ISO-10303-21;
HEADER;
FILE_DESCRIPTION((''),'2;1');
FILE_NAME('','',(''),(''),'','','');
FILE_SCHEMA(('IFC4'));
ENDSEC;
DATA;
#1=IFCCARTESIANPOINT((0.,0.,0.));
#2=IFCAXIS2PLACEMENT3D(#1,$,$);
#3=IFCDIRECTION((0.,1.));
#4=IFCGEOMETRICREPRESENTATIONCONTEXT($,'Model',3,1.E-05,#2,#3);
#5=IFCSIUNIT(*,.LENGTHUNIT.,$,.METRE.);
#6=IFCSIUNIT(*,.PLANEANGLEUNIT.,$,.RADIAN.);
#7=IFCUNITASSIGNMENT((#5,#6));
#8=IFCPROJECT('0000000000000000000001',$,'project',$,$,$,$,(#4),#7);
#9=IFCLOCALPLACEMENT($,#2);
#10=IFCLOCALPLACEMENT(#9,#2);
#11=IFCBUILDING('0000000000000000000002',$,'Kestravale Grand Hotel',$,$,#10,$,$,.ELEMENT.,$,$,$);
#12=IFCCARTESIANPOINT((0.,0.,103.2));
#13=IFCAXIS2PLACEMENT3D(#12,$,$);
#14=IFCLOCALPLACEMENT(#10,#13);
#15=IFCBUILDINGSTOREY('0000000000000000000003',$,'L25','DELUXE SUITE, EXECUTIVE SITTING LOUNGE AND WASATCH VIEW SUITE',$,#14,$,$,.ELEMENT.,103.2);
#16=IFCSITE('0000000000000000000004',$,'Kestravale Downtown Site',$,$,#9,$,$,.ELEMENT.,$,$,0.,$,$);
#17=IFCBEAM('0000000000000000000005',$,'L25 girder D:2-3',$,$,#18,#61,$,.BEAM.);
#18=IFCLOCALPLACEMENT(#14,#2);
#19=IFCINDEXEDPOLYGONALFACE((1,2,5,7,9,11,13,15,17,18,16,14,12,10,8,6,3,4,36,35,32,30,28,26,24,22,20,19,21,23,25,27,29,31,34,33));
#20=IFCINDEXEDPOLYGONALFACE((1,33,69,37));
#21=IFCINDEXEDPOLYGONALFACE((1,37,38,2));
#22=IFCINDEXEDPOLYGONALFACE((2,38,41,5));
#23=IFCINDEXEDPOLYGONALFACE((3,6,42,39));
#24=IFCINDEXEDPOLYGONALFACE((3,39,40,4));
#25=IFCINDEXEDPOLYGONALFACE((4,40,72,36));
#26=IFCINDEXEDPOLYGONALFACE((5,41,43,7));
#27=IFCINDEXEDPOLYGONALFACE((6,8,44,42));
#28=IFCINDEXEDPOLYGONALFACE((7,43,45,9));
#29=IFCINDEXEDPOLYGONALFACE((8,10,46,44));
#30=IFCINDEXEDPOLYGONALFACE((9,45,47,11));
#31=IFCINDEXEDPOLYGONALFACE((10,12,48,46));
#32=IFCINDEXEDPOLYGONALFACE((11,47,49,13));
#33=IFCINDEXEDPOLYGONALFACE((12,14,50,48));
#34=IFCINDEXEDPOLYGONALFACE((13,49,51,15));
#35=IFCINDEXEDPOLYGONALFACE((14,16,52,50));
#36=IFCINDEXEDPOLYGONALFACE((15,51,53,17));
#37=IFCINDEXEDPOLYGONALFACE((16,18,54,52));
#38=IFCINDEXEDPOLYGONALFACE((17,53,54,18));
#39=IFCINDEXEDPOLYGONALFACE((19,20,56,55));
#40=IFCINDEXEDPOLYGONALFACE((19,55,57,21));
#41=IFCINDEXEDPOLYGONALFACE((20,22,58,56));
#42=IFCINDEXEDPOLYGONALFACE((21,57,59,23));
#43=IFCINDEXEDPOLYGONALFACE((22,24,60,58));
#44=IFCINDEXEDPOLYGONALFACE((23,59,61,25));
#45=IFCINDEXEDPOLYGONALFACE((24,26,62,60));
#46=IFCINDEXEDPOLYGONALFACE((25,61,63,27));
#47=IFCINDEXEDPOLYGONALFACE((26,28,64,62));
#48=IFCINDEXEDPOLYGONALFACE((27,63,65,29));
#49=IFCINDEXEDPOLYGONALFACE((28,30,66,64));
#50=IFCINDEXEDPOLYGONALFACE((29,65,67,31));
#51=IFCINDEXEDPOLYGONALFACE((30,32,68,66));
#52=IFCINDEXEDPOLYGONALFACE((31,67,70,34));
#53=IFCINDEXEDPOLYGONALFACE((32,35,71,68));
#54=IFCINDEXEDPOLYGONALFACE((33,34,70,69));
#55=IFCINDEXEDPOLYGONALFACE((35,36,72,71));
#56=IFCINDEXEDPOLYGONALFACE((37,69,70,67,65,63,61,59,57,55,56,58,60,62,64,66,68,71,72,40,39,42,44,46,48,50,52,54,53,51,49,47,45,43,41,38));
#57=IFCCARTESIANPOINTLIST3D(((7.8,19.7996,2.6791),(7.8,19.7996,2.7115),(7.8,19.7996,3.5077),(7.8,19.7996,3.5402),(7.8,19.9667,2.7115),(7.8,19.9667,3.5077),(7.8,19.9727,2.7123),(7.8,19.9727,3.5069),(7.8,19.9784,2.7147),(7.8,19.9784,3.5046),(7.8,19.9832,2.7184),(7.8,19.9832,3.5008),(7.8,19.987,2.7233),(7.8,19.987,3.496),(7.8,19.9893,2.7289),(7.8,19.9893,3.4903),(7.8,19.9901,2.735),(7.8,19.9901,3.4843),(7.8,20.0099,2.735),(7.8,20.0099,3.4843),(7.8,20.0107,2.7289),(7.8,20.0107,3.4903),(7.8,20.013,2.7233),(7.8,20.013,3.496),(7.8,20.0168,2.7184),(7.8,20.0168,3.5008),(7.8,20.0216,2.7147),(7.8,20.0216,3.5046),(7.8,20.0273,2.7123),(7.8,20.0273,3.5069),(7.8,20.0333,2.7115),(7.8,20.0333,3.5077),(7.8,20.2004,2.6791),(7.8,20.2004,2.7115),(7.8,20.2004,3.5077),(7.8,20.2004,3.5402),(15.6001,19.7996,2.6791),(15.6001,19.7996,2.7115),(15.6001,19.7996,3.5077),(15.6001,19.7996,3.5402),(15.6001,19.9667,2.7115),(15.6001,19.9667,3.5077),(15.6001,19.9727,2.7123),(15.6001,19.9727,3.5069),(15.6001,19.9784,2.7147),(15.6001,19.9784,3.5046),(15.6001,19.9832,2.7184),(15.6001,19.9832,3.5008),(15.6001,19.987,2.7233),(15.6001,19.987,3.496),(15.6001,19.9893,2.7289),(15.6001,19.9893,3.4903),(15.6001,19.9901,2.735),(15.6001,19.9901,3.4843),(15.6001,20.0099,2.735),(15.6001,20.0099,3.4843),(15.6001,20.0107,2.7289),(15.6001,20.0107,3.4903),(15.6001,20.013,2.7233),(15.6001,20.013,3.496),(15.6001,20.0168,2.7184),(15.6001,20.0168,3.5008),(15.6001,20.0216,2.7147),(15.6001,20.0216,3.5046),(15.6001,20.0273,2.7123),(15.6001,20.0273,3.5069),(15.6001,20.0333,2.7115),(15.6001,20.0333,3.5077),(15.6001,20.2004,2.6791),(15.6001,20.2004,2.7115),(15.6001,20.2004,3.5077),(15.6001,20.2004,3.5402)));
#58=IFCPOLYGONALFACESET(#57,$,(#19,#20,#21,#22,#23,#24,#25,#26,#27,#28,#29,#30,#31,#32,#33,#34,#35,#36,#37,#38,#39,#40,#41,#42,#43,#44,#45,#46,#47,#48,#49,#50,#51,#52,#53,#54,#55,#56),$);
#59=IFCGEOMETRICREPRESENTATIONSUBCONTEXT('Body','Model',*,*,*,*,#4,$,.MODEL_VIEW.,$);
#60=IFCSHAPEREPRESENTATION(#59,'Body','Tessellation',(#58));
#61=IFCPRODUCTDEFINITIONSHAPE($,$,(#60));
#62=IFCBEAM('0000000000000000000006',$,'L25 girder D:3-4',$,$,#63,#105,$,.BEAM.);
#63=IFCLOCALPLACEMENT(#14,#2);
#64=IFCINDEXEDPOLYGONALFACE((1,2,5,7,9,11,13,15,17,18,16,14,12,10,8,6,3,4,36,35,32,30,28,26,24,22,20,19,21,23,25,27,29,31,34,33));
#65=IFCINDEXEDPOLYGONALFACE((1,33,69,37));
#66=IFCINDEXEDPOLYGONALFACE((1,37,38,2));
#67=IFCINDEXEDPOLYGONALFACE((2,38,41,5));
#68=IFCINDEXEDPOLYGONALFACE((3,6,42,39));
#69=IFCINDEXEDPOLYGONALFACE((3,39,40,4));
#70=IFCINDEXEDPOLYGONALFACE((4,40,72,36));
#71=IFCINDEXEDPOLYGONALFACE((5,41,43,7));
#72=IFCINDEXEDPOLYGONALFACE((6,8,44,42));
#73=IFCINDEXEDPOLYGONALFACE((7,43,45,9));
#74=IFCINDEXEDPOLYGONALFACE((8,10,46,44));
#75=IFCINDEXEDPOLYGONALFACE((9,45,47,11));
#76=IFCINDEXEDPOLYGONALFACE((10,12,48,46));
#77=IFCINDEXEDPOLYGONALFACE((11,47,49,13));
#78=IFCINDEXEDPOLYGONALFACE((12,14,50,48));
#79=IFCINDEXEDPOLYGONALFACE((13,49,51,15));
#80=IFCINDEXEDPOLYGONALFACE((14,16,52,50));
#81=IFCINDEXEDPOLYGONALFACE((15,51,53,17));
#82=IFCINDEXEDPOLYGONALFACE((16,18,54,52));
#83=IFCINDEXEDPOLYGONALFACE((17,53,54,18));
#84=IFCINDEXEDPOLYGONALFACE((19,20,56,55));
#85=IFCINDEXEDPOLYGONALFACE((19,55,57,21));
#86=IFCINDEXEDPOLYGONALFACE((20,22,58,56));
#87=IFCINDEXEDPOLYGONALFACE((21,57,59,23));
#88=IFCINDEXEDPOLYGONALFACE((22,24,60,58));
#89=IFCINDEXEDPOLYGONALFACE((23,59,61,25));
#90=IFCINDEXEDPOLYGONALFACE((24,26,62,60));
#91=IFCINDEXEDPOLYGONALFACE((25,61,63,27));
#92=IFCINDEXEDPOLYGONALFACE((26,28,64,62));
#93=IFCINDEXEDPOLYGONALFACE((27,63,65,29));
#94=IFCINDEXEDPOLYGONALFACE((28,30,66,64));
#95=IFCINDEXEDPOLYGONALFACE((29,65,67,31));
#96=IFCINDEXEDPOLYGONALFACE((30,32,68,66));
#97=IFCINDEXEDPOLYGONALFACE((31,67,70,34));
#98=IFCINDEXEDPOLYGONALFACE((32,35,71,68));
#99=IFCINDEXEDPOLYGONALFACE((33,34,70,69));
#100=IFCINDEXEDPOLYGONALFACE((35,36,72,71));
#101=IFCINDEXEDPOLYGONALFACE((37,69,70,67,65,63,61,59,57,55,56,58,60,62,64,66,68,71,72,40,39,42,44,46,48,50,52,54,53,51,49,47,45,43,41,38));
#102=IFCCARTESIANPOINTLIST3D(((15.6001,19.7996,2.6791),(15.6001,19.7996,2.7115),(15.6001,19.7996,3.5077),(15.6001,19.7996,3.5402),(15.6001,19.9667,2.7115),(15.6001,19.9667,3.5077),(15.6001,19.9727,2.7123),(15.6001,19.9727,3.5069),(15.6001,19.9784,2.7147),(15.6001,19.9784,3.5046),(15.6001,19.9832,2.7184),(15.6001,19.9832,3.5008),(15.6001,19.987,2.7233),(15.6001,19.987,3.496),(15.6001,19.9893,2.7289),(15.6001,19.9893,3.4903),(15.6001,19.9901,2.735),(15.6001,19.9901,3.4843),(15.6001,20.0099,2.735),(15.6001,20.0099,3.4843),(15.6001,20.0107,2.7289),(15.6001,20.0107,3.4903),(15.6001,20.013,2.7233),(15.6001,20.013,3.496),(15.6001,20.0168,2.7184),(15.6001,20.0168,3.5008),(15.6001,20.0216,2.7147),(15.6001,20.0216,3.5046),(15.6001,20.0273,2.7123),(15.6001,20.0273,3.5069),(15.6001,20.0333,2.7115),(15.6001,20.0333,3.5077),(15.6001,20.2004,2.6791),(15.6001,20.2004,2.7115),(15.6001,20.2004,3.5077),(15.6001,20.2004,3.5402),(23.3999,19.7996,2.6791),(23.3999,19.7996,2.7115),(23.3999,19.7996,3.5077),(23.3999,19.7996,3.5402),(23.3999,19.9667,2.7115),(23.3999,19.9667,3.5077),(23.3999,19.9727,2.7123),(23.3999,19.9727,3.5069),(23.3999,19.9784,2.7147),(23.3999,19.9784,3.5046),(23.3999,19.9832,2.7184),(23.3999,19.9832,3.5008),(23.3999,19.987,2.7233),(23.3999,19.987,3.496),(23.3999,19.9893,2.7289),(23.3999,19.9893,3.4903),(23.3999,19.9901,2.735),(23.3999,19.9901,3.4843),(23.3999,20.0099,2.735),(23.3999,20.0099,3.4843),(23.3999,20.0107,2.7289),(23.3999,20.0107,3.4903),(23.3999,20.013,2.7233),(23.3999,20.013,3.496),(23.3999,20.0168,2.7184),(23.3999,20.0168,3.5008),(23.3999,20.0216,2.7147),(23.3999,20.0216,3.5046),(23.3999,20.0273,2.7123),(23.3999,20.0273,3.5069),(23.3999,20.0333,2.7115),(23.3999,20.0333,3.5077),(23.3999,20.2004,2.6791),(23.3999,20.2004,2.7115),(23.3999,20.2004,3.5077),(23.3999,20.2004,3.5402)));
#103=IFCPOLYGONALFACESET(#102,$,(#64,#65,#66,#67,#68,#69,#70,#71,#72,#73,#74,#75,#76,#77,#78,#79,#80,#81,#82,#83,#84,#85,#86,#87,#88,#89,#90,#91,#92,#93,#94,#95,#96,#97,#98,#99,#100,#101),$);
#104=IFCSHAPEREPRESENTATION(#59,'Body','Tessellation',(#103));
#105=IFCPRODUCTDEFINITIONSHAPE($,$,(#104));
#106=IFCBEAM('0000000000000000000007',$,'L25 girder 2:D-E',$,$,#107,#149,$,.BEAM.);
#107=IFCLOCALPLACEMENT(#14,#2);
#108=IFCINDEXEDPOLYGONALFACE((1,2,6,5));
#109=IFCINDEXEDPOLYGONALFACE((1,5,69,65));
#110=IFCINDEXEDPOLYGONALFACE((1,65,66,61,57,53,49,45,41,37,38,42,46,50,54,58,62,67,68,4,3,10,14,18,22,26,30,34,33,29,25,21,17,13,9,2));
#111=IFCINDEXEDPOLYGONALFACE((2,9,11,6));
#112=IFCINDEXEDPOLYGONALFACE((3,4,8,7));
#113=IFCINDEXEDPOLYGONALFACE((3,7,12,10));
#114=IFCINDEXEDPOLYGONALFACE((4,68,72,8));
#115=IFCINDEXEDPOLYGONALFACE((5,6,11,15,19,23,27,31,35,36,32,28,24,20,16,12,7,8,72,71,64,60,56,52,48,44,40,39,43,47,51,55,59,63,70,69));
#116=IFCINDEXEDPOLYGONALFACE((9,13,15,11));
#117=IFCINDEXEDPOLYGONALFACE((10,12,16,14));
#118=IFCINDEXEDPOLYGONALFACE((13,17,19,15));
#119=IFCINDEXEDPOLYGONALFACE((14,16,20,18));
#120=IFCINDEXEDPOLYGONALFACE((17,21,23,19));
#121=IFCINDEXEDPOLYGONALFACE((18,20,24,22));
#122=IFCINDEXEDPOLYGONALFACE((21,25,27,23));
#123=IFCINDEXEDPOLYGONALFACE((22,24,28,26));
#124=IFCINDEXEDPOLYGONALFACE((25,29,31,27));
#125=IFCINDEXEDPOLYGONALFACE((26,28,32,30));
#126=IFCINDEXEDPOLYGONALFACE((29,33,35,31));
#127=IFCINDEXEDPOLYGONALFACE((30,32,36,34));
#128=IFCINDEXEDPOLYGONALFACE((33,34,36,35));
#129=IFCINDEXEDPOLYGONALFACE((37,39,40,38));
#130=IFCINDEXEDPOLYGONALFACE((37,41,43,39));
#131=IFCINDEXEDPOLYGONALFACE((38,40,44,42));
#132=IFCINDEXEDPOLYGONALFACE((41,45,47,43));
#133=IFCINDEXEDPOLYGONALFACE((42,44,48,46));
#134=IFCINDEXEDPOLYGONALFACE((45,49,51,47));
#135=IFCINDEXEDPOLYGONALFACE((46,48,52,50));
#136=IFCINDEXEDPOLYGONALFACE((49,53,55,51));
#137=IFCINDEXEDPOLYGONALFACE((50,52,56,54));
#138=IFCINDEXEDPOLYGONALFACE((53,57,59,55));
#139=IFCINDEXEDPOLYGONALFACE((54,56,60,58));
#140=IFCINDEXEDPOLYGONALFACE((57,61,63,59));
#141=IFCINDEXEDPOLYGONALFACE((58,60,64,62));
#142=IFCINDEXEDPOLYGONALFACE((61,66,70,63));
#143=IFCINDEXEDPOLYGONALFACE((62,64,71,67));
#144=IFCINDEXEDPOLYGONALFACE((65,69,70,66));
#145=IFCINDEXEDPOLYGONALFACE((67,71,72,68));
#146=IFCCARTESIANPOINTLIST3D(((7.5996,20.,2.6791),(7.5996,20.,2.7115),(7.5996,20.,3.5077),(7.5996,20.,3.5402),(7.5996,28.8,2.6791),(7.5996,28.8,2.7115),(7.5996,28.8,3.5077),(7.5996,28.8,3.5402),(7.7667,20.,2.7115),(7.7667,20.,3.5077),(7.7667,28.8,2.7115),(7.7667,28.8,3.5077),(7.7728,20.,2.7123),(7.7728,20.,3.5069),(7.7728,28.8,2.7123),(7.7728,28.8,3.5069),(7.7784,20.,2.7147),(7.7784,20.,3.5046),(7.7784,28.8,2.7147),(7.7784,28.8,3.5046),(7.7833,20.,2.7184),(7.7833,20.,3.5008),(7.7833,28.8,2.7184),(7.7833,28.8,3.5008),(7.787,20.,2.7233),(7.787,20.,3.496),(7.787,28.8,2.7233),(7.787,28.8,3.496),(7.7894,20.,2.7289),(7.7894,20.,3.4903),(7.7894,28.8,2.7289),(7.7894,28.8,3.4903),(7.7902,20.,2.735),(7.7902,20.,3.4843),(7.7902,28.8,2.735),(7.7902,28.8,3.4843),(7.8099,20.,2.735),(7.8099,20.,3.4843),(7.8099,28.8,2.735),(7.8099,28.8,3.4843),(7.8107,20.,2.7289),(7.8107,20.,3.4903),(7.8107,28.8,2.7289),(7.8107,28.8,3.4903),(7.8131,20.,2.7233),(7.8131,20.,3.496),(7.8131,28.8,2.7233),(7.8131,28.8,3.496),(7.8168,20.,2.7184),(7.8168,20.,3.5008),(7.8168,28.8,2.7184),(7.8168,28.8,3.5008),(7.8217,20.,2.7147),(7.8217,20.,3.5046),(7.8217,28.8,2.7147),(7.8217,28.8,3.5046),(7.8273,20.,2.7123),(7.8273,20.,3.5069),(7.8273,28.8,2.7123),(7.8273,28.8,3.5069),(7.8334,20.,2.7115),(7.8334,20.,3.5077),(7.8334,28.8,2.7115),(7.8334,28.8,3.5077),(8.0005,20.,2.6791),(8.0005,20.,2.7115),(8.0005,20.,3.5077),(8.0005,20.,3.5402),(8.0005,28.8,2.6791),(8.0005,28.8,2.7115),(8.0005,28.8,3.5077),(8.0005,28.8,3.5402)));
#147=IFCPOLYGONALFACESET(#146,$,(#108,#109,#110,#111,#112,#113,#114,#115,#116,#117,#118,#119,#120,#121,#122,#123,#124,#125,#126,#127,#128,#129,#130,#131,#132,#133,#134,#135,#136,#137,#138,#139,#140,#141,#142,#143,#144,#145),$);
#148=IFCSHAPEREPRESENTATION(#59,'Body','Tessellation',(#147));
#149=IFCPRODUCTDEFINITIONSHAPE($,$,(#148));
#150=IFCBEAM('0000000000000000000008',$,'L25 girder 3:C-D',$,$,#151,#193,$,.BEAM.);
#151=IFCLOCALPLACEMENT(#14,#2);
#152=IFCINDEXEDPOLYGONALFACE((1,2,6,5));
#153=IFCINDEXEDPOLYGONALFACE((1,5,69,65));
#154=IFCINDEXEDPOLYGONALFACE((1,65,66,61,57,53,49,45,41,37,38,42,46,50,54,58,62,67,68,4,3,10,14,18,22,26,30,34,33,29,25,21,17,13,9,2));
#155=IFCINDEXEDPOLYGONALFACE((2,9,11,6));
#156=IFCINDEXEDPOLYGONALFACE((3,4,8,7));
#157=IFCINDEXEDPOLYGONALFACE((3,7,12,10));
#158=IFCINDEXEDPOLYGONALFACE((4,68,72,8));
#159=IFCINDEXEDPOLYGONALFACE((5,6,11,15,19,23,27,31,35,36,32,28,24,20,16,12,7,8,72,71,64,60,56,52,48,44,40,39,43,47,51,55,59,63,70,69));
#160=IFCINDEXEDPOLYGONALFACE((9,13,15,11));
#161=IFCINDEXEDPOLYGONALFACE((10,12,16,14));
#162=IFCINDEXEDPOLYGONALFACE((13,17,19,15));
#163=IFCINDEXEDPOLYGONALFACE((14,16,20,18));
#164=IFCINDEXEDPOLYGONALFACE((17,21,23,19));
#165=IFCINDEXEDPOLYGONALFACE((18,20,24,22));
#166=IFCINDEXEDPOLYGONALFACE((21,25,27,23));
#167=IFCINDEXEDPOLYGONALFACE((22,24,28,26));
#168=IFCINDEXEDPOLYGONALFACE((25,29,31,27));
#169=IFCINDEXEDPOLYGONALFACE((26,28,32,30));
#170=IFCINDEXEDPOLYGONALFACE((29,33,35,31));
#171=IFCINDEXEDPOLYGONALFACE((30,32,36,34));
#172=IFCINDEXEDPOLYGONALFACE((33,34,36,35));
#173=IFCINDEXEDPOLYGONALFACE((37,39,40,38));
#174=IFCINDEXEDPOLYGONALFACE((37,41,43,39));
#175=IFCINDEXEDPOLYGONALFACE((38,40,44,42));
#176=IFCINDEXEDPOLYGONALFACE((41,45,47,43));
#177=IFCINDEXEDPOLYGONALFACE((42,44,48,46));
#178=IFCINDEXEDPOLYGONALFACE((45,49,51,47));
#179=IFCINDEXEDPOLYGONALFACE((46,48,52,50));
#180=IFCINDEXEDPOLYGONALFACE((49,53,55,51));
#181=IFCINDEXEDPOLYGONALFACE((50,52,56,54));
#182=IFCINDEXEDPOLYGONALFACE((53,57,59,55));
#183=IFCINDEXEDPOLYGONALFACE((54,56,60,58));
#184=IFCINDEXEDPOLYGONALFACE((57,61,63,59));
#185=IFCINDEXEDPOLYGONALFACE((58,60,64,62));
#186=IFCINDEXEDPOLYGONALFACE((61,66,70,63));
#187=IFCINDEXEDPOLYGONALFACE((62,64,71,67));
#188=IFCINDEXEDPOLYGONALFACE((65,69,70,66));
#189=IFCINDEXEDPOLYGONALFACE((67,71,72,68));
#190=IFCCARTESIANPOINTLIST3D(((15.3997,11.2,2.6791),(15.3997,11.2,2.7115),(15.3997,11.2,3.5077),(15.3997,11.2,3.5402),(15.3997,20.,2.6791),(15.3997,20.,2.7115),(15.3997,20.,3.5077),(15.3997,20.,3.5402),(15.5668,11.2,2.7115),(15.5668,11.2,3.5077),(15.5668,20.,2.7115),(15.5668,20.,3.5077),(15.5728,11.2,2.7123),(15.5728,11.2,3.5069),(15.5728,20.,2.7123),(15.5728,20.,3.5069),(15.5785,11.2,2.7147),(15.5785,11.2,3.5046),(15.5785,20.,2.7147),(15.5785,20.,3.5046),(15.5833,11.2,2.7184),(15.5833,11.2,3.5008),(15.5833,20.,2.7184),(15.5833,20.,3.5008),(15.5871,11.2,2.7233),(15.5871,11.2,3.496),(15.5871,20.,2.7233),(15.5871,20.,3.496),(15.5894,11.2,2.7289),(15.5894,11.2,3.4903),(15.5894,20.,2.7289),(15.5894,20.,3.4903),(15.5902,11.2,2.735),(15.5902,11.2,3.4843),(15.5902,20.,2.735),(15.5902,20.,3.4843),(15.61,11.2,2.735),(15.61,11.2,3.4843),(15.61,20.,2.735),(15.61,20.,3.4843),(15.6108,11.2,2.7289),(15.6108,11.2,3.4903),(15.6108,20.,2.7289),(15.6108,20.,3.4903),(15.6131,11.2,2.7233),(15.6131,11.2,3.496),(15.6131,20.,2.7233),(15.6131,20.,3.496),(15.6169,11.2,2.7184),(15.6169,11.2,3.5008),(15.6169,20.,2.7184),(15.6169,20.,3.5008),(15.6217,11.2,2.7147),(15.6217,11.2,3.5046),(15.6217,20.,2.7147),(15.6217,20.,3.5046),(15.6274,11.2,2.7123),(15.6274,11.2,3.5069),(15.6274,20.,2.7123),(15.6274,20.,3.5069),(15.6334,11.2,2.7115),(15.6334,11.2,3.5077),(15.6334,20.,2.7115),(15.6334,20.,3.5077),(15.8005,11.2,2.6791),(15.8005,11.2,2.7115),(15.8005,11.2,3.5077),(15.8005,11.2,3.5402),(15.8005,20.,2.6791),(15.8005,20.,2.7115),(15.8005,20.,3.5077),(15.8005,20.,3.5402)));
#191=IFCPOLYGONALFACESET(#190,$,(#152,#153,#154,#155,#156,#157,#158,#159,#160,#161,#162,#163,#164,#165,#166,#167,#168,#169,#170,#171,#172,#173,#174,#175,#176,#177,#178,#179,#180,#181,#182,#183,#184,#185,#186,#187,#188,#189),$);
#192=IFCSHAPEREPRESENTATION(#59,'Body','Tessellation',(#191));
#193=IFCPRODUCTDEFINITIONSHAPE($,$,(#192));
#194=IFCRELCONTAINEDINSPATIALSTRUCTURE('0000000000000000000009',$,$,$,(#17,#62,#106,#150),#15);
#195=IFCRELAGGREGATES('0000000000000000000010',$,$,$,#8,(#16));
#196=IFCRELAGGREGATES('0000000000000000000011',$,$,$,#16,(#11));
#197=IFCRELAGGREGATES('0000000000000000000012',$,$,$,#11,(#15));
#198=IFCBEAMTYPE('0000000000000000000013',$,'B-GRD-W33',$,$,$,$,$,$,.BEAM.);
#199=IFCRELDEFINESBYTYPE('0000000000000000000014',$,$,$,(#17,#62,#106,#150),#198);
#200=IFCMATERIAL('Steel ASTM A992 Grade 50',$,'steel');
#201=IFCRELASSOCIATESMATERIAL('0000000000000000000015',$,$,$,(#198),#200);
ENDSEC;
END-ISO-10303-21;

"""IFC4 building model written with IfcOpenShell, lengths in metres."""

from ifc_helpers import new_model, si_unit, direction, frame, origin, origin_2d, place, context, subcontext, project, spatial, i_section, extrude, material, material_profile, profile_set, type_object, element, save


model = new_model("IFC4")

# Units and contexts
model_context = context("Model", 3, precision=1e-05, world=origin(), true_north=direction((0.0, 1.0)))
body_context = subcontext(model_context, "Body", "Model", "MODEL_VIEW")
ifc_project = project(units=[si_unit("LENGTHUNIT", "METRE"), si_unit("PLANEANGLEUNIT", "RADIAN")], contexts=[model_context])

# Site, building, storey
site_placement = place(None, origin())
site = spatial("IfcSite", under=ifc_project, at=site_placement, Name="Kestravale Downtown Site", CompositionType="ELEMENT", RefElevation=0.0)
building_placement = place(site_placement, origin())
building = spatial("IfcBuilding", under=site, at=building_placement, Name="Kestravale Grand Hotel", CompositionType="ELEMENT")
storey_placement = place(building_placement, frame((0.0, 0.0, 103.2)))
storey = spatial("IfcBuildingStorey", under=building, at=storey_placement, Name="L25", Description="DELUXE SUITE, EXECUTIVE SITTING LOUNGE AND WASATCH VIEW SUITE", CompositionType="ELEMENT", Elevation=103.2)

# Beams
ifc_material_1 = material(Name="Steel ASTM A992 Grade 50", Category="steel")
ifc_material_profile_1 = material_profile(ifc_material_1, i_section(OverallWidth=0.4009, OverallDepth=0.8611, WebThickness=0.0198, FlangeThickness=0.0325, FilletRadius=0.0234, at=origin_2d()))
ifc_profile_set_1 = profile_set([ifc_material_profile_1], Name="Steel ASTM A992 Grade 50")
beam_type_1 = type_object("IfcBeamType", Name="B-GRD-W33", PredefinedType="BEAM", material=ifc_profile_set_1)
beam_1_placement = place(storey_placement, frame((7.8, 20.0, 3.1096), z_axis=(1.0, 0.0, 0.0), x_axis=(0.0, 1.0, 0.0)))
element("IfcBeam", 1, at=beam_1_placement, inside=storey, type_object=beam_type_1, Name="L25 girder D:2-3", PredefinedType="BEAM", context=body_context, shape_type="SweptSolid", body=[
    extrude(i_section(OverallWidth=0.4009, OverallDepth=0.8611, WebThickness=0.0198, FlangeThickness=0.0325, FilletRadius=0.0234, at=origin_2d()), origin(), (0.0, 0.0, 1.0), 7.8),
])
beam_2_placement = place(storey_placement, frame((15.6001, 20.0, 3.1096), z_axis=(1.0, 0.0, 0.0), x_axis=(0.0, 1.0, 0.0)))
element("IfcBeam", 2, at=beam_2_placement, inside=storey, type_object=beam_type_1, Name="L25 girder D:3-4", PredefinedType="BEAM", context=body_context, shape_type="SweptSolid", body=[
    extrude(i_section(OverallWidth=0.4009, OverallDepth=0.8611, WebThickness=0.0198, FlangeThickness=0.0325, FilletRadius=0.0234, at=origin_2d()), origin(), (0.0, 0.0, 1.0), 7.7998),
])
for number, where, z_axis, x_axis, name in (
    (3, (7.8, 20.0, 3.1096), (0.0, 1.0, 0.0), (-1.0, 0.0, 0.0), "L25 girder 2:D-E"),
    (4, (15.6001, 11.2, 3.1096), (0.0, 1.0, 0.0), (-1.0, 0.0, 0.0), "L25 girder 3:C-D"),
):
    element("IfcBeam", number, at=place(storey_placement, frame(where, z_axis=z_axis, x_axis=x_axis)), inside=storey, type_object=beam_type_1, Name=name, PredefinedType="BEAM", context=body_context, shape_type="SweptSolid", body=[
        extrude(i_section(OverallWidth=0.4009, OverallDepth=0.8611, WebThickness=0.0198, FlangeThickness=0.0325, FilletRadius=0.0234, at=origin_2d()), origin(), (0.0, 0.0, 1.0), 8.8),
    ])

save(model, "model.ifc")
